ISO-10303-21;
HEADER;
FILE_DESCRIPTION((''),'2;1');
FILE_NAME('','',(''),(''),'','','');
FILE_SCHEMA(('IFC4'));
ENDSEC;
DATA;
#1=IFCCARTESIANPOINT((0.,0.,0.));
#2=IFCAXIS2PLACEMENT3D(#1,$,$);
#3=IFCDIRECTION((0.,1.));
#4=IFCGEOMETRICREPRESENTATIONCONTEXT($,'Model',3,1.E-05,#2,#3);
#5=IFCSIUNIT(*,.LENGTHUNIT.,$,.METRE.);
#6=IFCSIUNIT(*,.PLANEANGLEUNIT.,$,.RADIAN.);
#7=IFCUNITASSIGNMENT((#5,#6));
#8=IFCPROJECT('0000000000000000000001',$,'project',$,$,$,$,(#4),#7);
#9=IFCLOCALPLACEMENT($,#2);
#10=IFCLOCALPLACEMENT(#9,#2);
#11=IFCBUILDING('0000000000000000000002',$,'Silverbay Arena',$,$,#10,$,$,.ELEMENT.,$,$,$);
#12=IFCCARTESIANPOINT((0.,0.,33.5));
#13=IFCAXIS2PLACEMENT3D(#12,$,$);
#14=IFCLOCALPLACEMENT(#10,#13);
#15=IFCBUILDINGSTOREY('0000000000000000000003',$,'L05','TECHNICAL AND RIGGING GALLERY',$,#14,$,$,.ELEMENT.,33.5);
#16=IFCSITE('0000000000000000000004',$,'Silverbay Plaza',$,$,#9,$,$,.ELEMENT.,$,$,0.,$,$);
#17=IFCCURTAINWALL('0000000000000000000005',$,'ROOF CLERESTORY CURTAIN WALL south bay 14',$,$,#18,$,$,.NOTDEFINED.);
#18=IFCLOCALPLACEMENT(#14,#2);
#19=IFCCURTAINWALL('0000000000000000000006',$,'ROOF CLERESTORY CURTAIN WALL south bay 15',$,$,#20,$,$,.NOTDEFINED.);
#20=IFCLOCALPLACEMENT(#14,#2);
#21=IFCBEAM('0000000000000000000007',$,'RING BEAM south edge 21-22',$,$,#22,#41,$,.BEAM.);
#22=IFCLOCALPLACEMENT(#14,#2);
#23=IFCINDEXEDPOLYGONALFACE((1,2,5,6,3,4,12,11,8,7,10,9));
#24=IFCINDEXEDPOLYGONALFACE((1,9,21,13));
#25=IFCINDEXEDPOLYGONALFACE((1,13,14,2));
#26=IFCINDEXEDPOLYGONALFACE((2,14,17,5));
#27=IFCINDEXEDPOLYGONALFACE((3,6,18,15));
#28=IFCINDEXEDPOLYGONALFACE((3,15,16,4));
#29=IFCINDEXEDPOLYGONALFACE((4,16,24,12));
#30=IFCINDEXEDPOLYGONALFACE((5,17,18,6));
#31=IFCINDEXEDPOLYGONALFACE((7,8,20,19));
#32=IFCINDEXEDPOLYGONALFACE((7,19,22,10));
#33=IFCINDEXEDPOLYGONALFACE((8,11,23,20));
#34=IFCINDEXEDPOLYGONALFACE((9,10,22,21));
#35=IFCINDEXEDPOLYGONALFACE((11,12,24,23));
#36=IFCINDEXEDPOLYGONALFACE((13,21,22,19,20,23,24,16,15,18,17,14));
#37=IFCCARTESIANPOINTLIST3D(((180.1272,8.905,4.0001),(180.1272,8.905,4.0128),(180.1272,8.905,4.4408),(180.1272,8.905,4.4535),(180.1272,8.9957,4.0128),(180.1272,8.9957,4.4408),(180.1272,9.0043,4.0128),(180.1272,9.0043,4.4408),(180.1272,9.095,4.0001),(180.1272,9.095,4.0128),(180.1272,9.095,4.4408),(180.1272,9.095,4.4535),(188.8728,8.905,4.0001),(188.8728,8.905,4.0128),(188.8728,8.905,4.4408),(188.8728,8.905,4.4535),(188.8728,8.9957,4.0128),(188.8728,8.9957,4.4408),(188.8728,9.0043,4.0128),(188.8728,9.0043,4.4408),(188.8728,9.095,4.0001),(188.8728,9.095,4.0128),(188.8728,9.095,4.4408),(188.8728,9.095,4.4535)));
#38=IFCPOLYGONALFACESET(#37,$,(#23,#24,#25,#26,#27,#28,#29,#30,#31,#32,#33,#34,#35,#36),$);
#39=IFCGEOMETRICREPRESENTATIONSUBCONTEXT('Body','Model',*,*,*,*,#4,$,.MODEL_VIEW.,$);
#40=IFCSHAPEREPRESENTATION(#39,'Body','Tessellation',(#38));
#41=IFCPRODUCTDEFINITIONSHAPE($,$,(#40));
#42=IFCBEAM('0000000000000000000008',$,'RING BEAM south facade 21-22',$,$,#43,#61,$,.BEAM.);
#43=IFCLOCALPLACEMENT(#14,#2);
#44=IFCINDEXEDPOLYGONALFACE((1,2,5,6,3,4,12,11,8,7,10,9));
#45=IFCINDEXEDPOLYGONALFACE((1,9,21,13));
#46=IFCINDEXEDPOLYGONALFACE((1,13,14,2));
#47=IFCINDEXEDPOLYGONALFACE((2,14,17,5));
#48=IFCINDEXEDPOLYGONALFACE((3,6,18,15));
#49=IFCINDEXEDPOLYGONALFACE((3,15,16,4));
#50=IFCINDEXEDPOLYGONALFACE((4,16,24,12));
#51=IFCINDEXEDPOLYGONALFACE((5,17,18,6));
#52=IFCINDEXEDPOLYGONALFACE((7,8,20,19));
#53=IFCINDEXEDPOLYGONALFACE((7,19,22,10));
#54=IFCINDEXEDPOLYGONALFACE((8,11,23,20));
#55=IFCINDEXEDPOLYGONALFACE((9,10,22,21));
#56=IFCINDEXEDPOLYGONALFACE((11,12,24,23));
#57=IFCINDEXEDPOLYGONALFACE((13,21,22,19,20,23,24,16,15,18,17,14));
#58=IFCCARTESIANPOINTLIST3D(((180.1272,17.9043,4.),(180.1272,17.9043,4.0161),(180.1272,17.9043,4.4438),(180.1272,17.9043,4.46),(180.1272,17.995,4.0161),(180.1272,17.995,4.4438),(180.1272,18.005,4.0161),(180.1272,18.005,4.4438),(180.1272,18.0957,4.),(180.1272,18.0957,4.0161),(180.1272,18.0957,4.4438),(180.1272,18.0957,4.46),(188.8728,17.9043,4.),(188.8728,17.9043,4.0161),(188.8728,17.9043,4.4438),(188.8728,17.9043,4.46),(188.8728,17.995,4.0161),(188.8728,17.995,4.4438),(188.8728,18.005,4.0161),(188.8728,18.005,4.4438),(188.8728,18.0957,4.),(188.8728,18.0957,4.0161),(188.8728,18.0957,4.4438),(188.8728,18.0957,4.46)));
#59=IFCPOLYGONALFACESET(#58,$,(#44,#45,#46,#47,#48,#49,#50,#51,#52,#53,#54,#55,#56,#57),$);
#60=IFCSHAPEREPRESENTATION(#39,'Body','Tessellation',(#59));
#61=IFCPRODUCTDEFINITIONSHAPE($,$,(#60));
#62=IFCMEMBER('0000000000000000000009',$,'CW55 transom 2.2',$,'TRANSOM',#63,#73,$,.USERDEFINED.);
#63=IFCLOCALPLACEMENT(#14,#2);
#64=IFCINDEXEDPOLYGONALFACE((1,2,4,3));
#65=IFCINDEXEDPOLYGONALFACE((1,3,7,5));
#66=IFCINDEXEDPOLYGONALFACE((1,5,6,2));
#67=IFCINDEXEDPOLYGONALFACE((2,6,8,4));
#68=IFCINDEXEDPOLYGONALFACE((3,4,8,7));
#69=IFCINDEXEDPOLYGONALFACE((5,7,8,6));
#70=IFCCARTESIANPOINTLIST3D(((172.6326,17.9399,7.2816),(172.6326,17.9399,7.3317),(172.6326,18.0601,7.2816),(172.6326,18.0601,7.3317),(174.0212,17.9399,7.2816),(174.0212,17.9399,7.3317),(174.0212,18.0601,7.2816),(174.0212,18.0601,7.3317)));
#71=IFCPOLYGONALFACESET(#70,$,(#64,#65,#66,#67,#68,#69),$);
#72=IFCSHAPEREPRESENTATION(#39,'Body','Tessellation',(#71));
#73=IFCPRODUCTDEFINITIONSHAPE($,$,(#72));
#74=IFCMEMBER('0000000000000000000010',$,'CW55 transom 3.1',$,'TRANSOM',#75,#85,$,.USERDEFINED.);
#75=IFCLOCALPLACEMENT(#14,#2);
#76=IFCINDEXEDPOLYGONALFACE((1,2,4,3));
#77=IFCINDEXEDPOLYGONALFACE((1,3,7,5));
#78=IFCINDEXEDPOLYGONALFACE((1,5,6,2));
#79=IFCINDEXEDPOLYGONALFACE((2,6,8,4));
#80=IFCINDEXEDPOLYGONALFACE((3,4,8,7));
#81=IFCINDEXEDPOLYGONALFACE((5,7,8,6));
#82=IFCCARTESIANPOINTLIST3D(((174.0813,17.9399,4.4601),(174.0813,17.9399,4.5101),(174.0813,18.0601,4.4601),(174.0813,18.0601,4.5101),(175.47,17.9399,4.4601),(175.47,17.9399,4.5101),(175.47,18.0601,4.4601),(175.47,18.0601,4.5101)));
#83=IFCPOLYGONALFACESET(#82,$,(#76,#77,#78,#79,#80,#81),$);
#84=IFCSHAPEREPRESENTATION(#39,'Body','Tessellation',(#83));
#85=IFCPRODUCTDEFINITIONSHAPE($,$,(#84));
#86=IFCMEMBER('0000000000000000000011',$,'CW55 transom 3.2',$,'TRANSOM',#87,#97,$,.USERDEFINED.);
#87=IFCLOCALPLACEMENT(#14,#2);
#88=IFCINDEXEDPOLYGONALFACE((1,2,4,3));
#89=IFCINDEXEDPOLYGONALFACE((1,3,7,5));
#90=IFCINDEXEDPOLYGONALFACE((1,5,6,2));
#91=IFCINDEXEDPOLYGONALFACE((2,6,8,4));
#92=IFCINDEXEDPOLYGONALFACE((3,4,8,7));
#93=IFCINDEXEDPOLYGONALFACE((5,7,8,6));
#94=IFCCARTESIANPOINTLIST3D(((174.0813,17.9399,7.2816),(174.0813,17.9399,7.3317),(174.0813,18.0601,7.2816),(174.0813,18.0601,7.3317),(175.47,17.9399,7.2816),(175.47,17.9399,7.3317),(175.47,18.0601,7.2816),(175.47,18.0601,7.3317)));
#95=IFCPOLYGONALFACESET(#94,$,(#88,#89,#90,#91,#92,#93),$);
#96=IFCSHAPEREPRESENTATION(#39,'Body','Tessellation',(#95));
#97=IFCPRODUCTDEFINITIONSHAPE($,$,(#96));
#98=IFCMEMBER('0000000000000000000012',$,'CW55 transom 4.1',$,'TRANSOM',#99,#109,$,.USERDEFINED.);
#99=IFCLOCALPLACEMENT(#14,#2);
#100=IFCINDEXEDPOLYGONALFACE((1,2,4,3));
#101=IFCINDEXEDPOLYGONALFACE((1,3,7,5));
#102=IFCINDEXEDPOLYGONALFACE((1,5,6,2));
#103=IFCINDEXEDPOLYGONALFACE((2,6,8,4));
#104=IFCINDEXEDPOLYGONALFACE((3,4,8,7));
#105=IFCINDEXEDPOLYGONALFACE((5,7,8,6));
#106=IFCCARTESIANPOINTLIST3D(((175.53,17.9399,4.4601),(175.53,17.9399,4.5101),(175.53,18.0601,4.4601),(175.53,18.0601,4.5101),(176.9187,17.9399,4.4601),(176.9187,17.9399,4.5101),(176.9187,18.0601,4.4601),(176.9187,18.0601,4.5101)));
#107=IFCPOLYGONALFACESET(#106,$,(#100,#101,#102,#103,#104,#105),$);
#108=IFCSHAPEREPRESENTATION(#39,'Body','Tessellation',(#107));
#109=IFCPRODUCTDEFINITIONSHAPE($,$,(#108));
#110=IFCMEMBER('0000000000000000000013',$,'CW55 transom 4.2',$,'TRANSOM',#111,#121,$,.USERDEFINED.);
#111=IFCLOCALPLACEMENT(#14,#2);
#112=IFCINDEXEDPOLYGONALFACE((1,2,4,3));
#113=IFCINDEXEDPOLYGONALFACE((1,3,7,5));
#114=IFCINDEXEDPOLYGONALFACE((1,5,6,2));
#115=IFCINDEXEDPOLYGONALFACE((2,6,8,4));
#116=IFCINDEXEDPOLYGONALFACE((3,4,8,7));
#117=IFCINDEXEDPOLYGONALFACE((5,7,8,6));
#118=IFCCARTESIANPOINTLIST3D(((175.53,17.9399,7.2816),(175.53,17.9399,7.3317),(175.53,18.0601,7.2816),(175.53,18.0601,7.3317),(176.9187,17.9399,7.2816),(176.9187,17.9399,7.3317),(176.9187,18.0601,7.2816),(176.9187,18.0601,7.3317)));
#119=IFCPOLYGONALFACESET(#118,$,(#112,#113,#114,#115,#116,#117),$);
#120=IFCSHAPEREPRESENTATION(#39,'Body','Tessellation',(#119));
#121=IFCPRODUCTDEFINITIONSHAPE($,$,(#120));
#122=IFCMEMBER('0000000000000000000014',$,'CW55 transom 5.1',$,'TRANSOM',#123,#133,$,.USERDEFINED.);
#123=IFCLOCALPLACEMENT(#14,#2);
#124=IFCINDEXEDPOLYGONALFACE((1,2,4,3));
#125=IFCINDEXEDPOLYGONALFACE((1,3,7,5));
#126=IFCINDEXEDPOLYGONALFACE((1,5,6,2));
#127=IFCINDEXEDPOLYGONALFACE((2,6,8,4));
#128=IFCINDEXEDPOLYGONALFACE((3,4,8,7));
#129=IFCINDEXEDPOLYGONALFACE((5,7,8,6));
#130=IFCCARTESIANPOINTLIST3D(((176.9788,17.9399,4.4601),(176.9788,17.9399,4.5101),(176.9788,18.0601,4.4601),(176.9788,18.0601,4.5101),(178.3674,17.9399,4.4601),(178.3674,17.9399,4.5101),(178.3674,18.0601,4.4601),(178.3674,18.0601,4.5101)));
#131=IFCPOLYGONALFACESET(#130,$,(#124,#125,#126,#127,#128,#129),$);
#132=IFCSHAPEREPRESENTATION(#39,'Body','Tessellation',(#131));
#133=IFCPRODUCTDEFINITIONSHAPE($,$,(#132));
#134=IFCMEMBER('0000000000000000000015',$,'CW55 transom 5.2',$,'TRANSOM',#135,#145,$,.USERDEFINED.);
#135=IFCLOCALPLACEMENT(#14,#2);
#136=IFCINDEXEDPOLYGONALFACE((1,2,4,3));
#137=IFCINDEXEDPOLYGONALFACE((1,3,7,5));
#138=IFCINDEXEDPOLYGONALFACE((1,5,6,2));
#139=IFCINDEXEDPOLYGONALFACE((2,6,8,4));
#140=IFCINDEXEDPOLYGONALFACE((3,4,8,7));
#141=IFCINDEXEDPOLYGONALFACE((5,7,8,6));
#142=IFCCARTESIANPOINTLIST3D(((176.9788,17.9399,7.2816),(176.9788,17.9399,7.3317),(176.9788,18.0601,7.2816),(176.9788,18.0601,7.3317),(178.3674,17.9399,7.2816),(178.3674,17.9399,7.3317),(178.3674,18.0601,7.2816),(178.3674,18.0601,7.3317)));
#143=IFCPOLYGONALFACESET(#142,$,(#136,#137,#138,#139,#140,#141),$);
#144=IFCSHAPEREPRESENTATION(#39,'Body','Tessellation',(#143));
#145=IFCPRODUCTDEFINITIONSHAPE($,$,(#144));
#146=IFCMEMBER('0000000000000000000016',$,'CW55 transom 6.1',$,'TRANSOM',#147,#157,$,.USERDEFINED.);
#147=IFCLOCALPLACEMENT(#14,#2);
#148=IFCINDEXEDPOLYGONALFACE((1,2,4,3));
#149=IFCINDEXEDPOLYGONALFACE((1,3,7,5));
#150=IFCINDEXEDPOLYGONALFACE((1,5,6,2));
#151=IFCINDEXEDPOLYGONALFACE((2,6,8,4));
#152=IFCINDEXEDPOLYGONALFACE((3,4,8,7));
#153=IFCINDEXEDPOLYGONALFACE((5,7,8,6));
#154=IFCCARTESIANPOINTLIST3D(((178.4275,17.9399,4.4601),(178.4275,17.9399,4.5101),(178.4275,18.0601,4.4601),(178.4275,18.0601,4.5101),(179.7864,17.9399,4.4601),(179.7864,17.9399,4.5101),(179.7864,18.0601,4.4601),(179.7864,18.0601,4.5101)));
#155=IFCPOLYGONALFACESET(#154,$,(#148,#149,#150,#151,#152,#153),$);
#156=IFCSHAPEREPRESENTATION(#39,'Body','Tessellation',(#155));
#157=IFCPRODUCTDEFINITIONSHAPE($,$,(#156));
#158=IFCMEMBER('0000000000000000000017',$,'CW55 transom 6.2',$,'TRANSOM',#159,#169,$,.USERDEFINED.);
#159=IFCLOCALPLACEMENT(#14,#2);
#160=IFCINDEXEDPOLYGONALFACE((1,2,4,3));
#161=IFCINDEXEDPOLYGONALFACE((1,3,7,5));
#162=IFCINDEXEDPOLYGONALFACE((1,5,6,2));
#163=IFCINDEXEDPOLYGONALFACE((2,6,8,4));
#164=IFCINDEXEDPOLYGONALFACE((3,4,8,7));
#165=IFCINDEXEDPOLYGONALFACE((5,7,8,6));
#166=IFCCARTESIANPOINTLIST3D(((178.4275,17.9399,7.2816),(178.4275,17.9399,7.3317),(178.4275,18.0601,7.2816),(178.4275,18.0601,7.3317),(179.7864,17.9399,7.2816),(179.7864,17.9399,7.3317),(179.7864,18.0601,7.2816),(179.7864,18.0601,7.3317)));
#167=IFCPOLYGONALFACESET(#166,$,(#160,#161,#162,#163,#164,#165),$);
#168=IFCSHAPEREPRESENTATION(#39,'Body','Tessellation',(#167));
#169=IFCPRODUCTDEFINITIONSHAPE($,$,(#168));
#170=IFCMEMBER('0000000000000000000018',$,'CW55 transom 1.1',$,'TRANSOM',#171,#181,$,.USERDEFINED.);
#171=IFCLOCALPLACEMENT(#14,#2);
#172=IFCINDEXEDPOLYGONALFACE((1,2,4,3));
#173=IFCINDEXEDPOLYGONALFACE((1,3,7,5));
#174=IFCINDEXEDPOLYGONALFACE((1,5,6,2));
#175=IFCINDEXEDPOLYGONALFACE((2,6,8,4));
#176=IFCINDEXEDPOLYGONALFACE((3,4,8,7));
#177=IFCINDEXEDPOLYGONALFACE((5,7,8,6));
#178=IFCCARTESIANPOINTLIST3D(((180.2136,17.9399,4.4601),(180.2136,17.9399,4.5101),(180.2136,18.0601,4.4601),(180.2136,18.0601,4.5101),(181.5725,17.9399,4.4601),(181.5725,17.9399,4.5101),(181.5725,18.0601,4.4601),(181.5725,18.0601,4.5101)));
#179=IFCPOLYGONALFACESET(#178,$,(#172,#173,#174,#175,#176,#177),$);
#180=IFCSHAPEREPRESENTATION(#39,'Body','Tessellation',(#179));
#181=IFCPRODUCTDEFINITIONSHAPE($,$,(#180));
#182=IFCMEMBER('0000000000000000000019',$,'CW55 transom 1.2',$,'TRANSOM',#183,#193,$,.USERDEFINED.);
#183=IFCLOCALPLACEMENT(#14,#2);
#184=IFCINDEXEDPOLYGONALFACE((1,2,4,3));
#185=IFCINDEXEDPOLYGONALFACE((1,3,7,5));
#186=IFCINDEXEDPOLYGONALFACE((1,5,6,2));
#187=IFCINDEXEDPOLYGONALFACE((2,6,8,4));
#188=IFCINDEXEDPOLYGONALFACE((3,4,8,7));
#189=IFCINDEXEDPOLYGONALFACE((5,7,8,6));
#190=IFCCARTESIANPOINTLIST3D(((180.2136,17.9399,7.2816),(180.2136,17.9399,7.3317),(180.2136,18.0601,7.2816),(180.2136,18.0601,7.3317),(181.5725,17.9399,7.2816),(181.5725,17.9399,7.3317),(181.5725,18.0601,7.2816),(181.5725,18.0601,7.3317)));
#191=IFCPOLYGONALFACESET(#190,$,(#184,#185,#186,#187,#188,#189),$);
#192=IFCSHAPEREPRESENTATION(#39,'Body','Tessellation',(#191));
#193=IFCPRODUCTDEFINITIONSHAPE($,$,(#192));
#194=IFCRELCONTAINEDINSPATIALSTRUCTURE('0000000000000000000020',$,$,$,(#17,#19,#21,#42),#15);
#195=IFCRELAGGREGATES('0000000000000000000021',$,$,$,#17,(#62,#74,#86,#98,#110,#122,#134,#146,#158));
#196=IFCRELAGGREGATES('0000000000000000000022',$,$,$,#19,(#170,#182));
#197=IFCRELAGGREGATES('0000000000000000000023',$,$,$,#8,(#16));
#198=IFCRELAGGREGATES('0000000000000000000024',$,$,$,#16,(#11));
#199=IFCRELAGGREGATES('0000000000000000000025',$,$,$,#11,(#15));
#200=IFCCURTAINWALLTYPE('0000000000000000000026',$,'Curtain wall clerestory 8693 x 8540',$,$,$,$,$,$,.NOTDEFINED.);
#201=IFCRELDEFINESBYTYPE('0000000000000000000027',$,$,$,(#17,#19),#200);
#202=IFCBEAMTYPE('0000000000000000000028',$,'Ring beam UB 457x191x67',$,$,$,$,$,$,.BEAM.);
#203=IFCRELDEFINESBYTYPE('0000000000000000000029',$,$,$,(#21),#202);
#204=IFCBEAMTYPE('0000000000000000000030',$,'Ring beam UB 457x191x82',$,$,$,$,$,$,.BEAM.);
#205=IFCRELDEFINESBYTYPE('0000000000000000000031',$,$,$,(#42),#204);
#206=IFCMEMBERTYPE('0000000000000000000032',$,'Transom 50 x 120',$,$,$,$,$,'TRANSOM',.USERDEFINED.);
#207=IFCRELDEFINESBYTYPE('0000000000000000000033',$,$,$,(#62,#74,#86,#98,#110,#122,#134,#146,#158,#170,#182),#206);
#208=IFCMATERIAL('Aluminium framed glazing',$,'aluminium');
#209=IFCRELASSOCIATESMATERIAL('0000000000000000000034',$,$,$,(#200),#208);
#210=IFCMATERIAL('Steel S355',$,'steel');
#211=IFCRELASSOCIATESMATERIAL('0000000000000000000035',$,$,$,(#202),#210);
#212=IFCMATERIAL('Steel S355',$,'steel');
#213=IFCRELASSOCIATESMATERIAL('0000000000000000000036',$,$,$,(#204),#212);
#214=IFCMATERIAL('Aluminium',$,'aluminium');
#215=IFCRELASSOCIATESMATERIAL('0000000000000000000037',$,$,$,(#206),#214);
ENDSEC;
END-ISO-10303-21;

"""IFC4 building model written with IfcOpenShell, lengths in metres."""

from ifc_helpers import new_model, si_unit, direction, frame, origin, origin_2d, place, context, subcontext, project, spatial, rectangle, i_section, extrude, material, material_profile, profile_set, type_object, element, aggregate, save


model = new_model("IFC4")

# Units and contexts
model_context = context("Model", 3, precision=1e-05, world=origin(), true_north=direction((0.0, 1.0)))
body_context = subcontext(model_context, "Body", "Model", "MODEL_VIEW")
ifc_project = project(units=[si_unit("LENGTHUNIT", "METRE"), si_unit("PLANEANGLEUNIT", "RADIAN")], contexts=[model_context])

# Site, building, storey
site_placement = place(None, origin())
site = spatial("IfcSite", under=ifc_project, at=site_placement, Name="Silverbay Plaza", CompositionType="ELEMENT", RefElevation=0.0)
building_placement = place(site_placement, origin())
building = spatial("IfcBuilding", under=site, at=building_placement, Name="Silverbay Arena", CompositionType="ELEMENT")
storey_placement = place(building_placement, frame((0.0, 0.0, 33.5)))
storey = spatial("IfcBuildingStorey", under=building, at=storey_placement, Name="L05", Description="TECHNICAL AND RIGGING GALLERY", CompositionType="ELEMENT", Elevation=33.5)

# Curtain wall
ifc_material_1 = material(Name="Aluminium framed glazing", Category="aluminium")
curtain_wall_type = type_object("IfcCurtainWallType", Name="Curtain wall clerestory 8693 x 8540", PredefinedType="NOTDEFINED", material=ifc_material_1)
curtain_wall_1_placement = place(storey_placement, origin())
curtain_wall_1 = element("IfcCurtainWall", 1, at=curtain_wall_1_placement, inside=storey, type_object=curtain_wall_type, Name="ROOF CLERESTORY CURTAIN WALL south bay 14", PredefinedType="NOTDEFINED")

# Curtain wall
curtain_wall_2_placement = place(storey_placement, origin())
curtain_wall_2 = element("IfcCurtainWall", 2, at=curtain_wall_2_placement, inside=storey, type_object=curtain_wall_type, Name="ROOF CLERESTORY CURTAIN WALL south bay 15", PredefinedType="NOTDEFINED")

# Beams
ifc_material_2 = material(Name="Steel S355", Category="steel")
ifc_material_profile_1 = material_profile(ifc_material_2, i_section(OverallWidth=0.1899, OverallDepth=0.4534, WebThickness=0.0085, FlangeThickness=0.0127, at=origin_2d()), Name="UB 457x191x67")
ifc_profile_set_1 = profile_set([ifc_material_profile_1], Name="Steel S355")
beam_type_1 = type_object("IfcBeamType", Name="Ring beam UB 457x191x67", PredefinedType="BEAM", material=ifc_profile_set_1)
beam_1_placement = place(storey_placement, frame((180.1272, 9.0, 4.2268), z_axis=(1.0, 0.0, 0.0), x_axis=(0.0, 1.0, 0.0)))
element("IfcBeam", 3, at=beam_1_placement, inside=storey, type_object=beam_type_1, Name="RING BEAM south edge 21-22", PredefinedType="BEAM", context=body_context, shape_type="SweptSolid", body=[
    extrude(i_section(OverallWidth=0.1899, OverallDepth=0.4534, WebThickness=0.0085, FlangeThickness=0.0127, at=origin_2d()), origin(), (0.0, 0.0, 1.0), 8.7456),
])
ifc_material_3 = material(Name="Steel S355", Category="steel")
ifc_material_profile_2 = material_profile(ifc_material_3, i_section(OverallWidth=0.1914, OverallDepth=0.46, WebThickness=0.01, FlangeThickness=0.0161, at=origin_2d()), Name="UB 457x191x82")
ifc_profile_set_2 = profile_set([ifc_material_profile_2], Name="Steel S355")
beam_type_2 = type_object("IfcBeamType", Name="Ring beam UB 457x191x82", PredefinedType="BEAM", material=ifc_profile_set_2)
beam_2_placement = place(storey_placement, frame((180.1272, 18.0, 4.23), z_axis=(1.0, 0.0, 0.0), x_axis=(0.0, 1.0, 0.0)))
element("IfcBeam", 4, at=beam_2_placement, inside=storey, type_object=beam_type_2, Name="RING BEAM south facade 21-22", PredefinedType="BEAM", context=body_context, shape_type="SweptSolid", body=[
    extrude(i_section(OverallWidth=0.1914, OverallDepth=0.46, WebThickness=0.01, FlangeThickness=0.0161, at=origin_2d()), origin(), (0.0, 0.0, 1.0), 8.7456),
])

# Members
ifc_material_4 = material(Name="Aluminium", Category="aluminium")
ifc_material_profile_3 = material_profile(ifc_material_4, rectangle(XDim=0.1201, YDim=0.05, at=origin_2d()), Name="Transom 50 x 120")
ifc_profile_set_3 = profile_set([ifc_material_profile_3], Name="Aluminium")
member_type_1 = type_object("IfcMemberType", Name="Transom 50 x 120", ElementType="TRANSOM", PredefinedType="USERDEFINED", material=ifc_profile_set_3)
member_1_placement = place(storey_placement, frame((172.6326, 18.0, 7.3066), z_axis=(1.0, 0.0, 0.0), x_axis=(0.0, 1.0, 0.0)))
member_1 = element("IfcMember", 5, at=member_1_placement, type_object=member_type_1, Name="CW55 transom 2.2", ObjectType="TRANSOM", PredefinedType="USERDEFINED", context=body_context, shape_type="SweptSolid", body=[
    extrude(rectangle(XDim=0.1201, YDim=0.05, at=origin_2d()), origin(), (0.0, 0.0, 1.0), 1.3887),
])
member_2_placement = place(storey_placement, frame((174.0813, 18.0, 4.4851), z_axis=(1.0, 0.0, 0.0), x_axis=(0.0, 1.0, 0.0)))
member_2 = element("IfcMember", 6, at=member_2_placement, type_object=member_type_1, Name="CW55 transom 3.1", ObjectType="TRANSOM", PredefinedType="USERDEFINED", context=body_context, shape_type="SweptSolid", body=[
    extrude(rectangle(XDim=0.1201, YDim=0.05, at=origin_2d()), origin(), (0.0, 0.0, 1.0), 1.3887),
])
member_3_placement = place(storey_placement, frame((174.0813, 18.0, 7.3066), z_axis=(1.0, 0.0, 0.0), x_axis=(0.0, 1.0, 0.0)))
member_3 = element("IfcMember", 7, at=member_3_placement, type_object=member_type_1, Name="CW55 transom 3.2", ObjectType="TRANSOM", PredefinedType="USERDEFINED", context=body_context, shape_type="SweptSolid", body=[
    extrude(rectangle(XDim=0.1201, YDim=0.05, at=origin_2d()), origin(), (0.0, 0.0, 1.0), 1.3887),
])
member_4_placement = place(storey_placement, frame((175.53, 18.0, 4.4851), z_axis=(1.0, 0.0, 0.0), x_axis=(0.0, 1.0, 0.0)))
member_4 = element("IfcMember", 8, at=member_4_placement, type_object=member_type_1, Name="CW55 transom 4.1", ObjectType="TRANSOM", PredefinedType="USERDEFINED", context=body_context, shape_type="SweptSolid", body=[
    extrude(rectangle(XDim=0.1201, YDim=0.05, at=origin_2d()), origin(), (0.0, 0.0, 1.0), 1.3887),
])
member_5_placement = place(storey_placement, frame((175.53, 18.0, 7.3066), z_axis=(1.0, 0.0, 0.0), x_axis=(0.0, 1.0, 0.0)))
member_5 = element("IfcMember", 9, at=member_5_placement, type_object=member_type_1, Name="CW55 transom 4.2", ObjectType="TRANSOM", PredefinedType="USERDEFINED", context=body_context, shape_type="SweptSolid", body=[
    extrude(rectangle(XDim=0.1201, YDim=0.05, at=origin_2d()), origin(), (0.0, 0.0, 1.0), 1.3887),
])
member_6_placement = place(storey_placement, frame((176.9788, 18.0, 4.4851), z_axis=(1.0, 0.0, 0.0), x_axis=(0.0, 1.0, 0.0)))
member_6 = element("IfcMember", 10, at=member_6_placement, type_object=member_type_1, Name="CW55 transom 5.1", ObjectType="TRANSOM", PredefinedType="USERDEFINED", context=body_context, shape_type="SweptSolid", body=[
    extrude(rectangle(XDim=0.1201, YDim=0.05, at=origin_2d()), origin(), (0.0, 0.0, 1.0), 1.3887),
])
member_7_placement = place(storey_placement, frame((176.9788, 18.0, 7.3066), z_axis=(1.0, 0.0, 0.0), x_axis=(0.0, 1.0, 0.0)))
member_7 = element("IfcMember", 11, at=member_7_placement, type_object=member_type_1, Name="CW55 transom 5.2", ObjectType="TRANSOM", PredefinedType="USERDEFINED", context=body_context, shape_type="SweptSolid", body=[
    extrude(rectangle(XDim=0.1201, YDim=0.05, at=origin_2d()), origin(), (0.0, 0.0, 1.0), 1.3887),
])
member_8_placement = place(storey_placement, frame((178.4275, 18.0, 4.4851), z_axis=(1.0, 0.0, 0.0), x_axis=(0.0, 1.0, 0.0)))
member_8 = element("IfcMember", 12, at=member_8_placement, type_object=member_type_1, Name="CW55 transom 6.1", ObjectType="TRANSOM", PredefinedType="USERDEFINED", context=body_context, shape_type="SweptSolid", body=[
    extrude(rectangle(XDim=0.1201, YDim=0.05, at=origin_2d()), origin(), (0.0, 0.0, 1.0), 1.3589),
])
member_9_placement = place(storey_placement, frame((178.4275, 18.0, 7.3066), z_axis=(1.0, 0.0, 0.0), x_axis=(0.0, 1.0, 0.0)))
member_9 = element("IfcMember", 13, at=member_9_placement, type_object=member_type_1, Name="CW55 transom 6.2", ObjectType="TRANSOM", PredefinedType="USERDEFINED", context=body_context, shape_type="SweptSolid", body=[
    extrude(rectangle(XDim=0.1201, YDim=0.05, at=origin_2d()), origin(), (0.0, 0.0, 1.0), 1.3589),
])
member_10_placement = place(storey_placement, frame((180.2136, 18.0, 4.4851), z_axis=(1.0, 0.0, 0.0), x_axis=(0.0, 1.0, 0.0)))
member_10 = element("IfcMember", 14, at=member_10_placement, type_object=member_type_1, Name="CW55 transom 1.1", ObjectType="TRANSOM", PredefinedType="USERDEFINED", context=body_context, shape_type="SweptSolid", body=[
    extrude(rectangle(XDim=0.1201, YDim=0.05, at=origin_2d()), origin(), (0.0, 0.0, 1.0), 1.3589),
])
member_11_placement = place(storey_placement, frame((180.2136, 18.0, 7.3066), z_axis=(1.0, 0.0, 0.0), x_axis=(0.0, 1.0, 0.0)))
member_11 = element("IfcMember", 15, at=member_11_placement, type_object=member_type_1, Name="CW55 transom 1.2", ObjectType="TRANSOM", PredefinedType="USERDEFINED", context=body_context, shape_type="SweptSolid", body=[
    extrude(rectangle(XDim=0.1201, YDim=0.05, at=origin_2d()), origin(), (0.0, 0.0, 1.0), 1.3589),
])

aggregate(curtain_wall_1, [member_1, member_2, member_3, member_4, member_5, member_6, member_7, member_8, member_9])
aggregate(curtain_wall_2, [member_10, member_11])

save(model, "model.ifc")
